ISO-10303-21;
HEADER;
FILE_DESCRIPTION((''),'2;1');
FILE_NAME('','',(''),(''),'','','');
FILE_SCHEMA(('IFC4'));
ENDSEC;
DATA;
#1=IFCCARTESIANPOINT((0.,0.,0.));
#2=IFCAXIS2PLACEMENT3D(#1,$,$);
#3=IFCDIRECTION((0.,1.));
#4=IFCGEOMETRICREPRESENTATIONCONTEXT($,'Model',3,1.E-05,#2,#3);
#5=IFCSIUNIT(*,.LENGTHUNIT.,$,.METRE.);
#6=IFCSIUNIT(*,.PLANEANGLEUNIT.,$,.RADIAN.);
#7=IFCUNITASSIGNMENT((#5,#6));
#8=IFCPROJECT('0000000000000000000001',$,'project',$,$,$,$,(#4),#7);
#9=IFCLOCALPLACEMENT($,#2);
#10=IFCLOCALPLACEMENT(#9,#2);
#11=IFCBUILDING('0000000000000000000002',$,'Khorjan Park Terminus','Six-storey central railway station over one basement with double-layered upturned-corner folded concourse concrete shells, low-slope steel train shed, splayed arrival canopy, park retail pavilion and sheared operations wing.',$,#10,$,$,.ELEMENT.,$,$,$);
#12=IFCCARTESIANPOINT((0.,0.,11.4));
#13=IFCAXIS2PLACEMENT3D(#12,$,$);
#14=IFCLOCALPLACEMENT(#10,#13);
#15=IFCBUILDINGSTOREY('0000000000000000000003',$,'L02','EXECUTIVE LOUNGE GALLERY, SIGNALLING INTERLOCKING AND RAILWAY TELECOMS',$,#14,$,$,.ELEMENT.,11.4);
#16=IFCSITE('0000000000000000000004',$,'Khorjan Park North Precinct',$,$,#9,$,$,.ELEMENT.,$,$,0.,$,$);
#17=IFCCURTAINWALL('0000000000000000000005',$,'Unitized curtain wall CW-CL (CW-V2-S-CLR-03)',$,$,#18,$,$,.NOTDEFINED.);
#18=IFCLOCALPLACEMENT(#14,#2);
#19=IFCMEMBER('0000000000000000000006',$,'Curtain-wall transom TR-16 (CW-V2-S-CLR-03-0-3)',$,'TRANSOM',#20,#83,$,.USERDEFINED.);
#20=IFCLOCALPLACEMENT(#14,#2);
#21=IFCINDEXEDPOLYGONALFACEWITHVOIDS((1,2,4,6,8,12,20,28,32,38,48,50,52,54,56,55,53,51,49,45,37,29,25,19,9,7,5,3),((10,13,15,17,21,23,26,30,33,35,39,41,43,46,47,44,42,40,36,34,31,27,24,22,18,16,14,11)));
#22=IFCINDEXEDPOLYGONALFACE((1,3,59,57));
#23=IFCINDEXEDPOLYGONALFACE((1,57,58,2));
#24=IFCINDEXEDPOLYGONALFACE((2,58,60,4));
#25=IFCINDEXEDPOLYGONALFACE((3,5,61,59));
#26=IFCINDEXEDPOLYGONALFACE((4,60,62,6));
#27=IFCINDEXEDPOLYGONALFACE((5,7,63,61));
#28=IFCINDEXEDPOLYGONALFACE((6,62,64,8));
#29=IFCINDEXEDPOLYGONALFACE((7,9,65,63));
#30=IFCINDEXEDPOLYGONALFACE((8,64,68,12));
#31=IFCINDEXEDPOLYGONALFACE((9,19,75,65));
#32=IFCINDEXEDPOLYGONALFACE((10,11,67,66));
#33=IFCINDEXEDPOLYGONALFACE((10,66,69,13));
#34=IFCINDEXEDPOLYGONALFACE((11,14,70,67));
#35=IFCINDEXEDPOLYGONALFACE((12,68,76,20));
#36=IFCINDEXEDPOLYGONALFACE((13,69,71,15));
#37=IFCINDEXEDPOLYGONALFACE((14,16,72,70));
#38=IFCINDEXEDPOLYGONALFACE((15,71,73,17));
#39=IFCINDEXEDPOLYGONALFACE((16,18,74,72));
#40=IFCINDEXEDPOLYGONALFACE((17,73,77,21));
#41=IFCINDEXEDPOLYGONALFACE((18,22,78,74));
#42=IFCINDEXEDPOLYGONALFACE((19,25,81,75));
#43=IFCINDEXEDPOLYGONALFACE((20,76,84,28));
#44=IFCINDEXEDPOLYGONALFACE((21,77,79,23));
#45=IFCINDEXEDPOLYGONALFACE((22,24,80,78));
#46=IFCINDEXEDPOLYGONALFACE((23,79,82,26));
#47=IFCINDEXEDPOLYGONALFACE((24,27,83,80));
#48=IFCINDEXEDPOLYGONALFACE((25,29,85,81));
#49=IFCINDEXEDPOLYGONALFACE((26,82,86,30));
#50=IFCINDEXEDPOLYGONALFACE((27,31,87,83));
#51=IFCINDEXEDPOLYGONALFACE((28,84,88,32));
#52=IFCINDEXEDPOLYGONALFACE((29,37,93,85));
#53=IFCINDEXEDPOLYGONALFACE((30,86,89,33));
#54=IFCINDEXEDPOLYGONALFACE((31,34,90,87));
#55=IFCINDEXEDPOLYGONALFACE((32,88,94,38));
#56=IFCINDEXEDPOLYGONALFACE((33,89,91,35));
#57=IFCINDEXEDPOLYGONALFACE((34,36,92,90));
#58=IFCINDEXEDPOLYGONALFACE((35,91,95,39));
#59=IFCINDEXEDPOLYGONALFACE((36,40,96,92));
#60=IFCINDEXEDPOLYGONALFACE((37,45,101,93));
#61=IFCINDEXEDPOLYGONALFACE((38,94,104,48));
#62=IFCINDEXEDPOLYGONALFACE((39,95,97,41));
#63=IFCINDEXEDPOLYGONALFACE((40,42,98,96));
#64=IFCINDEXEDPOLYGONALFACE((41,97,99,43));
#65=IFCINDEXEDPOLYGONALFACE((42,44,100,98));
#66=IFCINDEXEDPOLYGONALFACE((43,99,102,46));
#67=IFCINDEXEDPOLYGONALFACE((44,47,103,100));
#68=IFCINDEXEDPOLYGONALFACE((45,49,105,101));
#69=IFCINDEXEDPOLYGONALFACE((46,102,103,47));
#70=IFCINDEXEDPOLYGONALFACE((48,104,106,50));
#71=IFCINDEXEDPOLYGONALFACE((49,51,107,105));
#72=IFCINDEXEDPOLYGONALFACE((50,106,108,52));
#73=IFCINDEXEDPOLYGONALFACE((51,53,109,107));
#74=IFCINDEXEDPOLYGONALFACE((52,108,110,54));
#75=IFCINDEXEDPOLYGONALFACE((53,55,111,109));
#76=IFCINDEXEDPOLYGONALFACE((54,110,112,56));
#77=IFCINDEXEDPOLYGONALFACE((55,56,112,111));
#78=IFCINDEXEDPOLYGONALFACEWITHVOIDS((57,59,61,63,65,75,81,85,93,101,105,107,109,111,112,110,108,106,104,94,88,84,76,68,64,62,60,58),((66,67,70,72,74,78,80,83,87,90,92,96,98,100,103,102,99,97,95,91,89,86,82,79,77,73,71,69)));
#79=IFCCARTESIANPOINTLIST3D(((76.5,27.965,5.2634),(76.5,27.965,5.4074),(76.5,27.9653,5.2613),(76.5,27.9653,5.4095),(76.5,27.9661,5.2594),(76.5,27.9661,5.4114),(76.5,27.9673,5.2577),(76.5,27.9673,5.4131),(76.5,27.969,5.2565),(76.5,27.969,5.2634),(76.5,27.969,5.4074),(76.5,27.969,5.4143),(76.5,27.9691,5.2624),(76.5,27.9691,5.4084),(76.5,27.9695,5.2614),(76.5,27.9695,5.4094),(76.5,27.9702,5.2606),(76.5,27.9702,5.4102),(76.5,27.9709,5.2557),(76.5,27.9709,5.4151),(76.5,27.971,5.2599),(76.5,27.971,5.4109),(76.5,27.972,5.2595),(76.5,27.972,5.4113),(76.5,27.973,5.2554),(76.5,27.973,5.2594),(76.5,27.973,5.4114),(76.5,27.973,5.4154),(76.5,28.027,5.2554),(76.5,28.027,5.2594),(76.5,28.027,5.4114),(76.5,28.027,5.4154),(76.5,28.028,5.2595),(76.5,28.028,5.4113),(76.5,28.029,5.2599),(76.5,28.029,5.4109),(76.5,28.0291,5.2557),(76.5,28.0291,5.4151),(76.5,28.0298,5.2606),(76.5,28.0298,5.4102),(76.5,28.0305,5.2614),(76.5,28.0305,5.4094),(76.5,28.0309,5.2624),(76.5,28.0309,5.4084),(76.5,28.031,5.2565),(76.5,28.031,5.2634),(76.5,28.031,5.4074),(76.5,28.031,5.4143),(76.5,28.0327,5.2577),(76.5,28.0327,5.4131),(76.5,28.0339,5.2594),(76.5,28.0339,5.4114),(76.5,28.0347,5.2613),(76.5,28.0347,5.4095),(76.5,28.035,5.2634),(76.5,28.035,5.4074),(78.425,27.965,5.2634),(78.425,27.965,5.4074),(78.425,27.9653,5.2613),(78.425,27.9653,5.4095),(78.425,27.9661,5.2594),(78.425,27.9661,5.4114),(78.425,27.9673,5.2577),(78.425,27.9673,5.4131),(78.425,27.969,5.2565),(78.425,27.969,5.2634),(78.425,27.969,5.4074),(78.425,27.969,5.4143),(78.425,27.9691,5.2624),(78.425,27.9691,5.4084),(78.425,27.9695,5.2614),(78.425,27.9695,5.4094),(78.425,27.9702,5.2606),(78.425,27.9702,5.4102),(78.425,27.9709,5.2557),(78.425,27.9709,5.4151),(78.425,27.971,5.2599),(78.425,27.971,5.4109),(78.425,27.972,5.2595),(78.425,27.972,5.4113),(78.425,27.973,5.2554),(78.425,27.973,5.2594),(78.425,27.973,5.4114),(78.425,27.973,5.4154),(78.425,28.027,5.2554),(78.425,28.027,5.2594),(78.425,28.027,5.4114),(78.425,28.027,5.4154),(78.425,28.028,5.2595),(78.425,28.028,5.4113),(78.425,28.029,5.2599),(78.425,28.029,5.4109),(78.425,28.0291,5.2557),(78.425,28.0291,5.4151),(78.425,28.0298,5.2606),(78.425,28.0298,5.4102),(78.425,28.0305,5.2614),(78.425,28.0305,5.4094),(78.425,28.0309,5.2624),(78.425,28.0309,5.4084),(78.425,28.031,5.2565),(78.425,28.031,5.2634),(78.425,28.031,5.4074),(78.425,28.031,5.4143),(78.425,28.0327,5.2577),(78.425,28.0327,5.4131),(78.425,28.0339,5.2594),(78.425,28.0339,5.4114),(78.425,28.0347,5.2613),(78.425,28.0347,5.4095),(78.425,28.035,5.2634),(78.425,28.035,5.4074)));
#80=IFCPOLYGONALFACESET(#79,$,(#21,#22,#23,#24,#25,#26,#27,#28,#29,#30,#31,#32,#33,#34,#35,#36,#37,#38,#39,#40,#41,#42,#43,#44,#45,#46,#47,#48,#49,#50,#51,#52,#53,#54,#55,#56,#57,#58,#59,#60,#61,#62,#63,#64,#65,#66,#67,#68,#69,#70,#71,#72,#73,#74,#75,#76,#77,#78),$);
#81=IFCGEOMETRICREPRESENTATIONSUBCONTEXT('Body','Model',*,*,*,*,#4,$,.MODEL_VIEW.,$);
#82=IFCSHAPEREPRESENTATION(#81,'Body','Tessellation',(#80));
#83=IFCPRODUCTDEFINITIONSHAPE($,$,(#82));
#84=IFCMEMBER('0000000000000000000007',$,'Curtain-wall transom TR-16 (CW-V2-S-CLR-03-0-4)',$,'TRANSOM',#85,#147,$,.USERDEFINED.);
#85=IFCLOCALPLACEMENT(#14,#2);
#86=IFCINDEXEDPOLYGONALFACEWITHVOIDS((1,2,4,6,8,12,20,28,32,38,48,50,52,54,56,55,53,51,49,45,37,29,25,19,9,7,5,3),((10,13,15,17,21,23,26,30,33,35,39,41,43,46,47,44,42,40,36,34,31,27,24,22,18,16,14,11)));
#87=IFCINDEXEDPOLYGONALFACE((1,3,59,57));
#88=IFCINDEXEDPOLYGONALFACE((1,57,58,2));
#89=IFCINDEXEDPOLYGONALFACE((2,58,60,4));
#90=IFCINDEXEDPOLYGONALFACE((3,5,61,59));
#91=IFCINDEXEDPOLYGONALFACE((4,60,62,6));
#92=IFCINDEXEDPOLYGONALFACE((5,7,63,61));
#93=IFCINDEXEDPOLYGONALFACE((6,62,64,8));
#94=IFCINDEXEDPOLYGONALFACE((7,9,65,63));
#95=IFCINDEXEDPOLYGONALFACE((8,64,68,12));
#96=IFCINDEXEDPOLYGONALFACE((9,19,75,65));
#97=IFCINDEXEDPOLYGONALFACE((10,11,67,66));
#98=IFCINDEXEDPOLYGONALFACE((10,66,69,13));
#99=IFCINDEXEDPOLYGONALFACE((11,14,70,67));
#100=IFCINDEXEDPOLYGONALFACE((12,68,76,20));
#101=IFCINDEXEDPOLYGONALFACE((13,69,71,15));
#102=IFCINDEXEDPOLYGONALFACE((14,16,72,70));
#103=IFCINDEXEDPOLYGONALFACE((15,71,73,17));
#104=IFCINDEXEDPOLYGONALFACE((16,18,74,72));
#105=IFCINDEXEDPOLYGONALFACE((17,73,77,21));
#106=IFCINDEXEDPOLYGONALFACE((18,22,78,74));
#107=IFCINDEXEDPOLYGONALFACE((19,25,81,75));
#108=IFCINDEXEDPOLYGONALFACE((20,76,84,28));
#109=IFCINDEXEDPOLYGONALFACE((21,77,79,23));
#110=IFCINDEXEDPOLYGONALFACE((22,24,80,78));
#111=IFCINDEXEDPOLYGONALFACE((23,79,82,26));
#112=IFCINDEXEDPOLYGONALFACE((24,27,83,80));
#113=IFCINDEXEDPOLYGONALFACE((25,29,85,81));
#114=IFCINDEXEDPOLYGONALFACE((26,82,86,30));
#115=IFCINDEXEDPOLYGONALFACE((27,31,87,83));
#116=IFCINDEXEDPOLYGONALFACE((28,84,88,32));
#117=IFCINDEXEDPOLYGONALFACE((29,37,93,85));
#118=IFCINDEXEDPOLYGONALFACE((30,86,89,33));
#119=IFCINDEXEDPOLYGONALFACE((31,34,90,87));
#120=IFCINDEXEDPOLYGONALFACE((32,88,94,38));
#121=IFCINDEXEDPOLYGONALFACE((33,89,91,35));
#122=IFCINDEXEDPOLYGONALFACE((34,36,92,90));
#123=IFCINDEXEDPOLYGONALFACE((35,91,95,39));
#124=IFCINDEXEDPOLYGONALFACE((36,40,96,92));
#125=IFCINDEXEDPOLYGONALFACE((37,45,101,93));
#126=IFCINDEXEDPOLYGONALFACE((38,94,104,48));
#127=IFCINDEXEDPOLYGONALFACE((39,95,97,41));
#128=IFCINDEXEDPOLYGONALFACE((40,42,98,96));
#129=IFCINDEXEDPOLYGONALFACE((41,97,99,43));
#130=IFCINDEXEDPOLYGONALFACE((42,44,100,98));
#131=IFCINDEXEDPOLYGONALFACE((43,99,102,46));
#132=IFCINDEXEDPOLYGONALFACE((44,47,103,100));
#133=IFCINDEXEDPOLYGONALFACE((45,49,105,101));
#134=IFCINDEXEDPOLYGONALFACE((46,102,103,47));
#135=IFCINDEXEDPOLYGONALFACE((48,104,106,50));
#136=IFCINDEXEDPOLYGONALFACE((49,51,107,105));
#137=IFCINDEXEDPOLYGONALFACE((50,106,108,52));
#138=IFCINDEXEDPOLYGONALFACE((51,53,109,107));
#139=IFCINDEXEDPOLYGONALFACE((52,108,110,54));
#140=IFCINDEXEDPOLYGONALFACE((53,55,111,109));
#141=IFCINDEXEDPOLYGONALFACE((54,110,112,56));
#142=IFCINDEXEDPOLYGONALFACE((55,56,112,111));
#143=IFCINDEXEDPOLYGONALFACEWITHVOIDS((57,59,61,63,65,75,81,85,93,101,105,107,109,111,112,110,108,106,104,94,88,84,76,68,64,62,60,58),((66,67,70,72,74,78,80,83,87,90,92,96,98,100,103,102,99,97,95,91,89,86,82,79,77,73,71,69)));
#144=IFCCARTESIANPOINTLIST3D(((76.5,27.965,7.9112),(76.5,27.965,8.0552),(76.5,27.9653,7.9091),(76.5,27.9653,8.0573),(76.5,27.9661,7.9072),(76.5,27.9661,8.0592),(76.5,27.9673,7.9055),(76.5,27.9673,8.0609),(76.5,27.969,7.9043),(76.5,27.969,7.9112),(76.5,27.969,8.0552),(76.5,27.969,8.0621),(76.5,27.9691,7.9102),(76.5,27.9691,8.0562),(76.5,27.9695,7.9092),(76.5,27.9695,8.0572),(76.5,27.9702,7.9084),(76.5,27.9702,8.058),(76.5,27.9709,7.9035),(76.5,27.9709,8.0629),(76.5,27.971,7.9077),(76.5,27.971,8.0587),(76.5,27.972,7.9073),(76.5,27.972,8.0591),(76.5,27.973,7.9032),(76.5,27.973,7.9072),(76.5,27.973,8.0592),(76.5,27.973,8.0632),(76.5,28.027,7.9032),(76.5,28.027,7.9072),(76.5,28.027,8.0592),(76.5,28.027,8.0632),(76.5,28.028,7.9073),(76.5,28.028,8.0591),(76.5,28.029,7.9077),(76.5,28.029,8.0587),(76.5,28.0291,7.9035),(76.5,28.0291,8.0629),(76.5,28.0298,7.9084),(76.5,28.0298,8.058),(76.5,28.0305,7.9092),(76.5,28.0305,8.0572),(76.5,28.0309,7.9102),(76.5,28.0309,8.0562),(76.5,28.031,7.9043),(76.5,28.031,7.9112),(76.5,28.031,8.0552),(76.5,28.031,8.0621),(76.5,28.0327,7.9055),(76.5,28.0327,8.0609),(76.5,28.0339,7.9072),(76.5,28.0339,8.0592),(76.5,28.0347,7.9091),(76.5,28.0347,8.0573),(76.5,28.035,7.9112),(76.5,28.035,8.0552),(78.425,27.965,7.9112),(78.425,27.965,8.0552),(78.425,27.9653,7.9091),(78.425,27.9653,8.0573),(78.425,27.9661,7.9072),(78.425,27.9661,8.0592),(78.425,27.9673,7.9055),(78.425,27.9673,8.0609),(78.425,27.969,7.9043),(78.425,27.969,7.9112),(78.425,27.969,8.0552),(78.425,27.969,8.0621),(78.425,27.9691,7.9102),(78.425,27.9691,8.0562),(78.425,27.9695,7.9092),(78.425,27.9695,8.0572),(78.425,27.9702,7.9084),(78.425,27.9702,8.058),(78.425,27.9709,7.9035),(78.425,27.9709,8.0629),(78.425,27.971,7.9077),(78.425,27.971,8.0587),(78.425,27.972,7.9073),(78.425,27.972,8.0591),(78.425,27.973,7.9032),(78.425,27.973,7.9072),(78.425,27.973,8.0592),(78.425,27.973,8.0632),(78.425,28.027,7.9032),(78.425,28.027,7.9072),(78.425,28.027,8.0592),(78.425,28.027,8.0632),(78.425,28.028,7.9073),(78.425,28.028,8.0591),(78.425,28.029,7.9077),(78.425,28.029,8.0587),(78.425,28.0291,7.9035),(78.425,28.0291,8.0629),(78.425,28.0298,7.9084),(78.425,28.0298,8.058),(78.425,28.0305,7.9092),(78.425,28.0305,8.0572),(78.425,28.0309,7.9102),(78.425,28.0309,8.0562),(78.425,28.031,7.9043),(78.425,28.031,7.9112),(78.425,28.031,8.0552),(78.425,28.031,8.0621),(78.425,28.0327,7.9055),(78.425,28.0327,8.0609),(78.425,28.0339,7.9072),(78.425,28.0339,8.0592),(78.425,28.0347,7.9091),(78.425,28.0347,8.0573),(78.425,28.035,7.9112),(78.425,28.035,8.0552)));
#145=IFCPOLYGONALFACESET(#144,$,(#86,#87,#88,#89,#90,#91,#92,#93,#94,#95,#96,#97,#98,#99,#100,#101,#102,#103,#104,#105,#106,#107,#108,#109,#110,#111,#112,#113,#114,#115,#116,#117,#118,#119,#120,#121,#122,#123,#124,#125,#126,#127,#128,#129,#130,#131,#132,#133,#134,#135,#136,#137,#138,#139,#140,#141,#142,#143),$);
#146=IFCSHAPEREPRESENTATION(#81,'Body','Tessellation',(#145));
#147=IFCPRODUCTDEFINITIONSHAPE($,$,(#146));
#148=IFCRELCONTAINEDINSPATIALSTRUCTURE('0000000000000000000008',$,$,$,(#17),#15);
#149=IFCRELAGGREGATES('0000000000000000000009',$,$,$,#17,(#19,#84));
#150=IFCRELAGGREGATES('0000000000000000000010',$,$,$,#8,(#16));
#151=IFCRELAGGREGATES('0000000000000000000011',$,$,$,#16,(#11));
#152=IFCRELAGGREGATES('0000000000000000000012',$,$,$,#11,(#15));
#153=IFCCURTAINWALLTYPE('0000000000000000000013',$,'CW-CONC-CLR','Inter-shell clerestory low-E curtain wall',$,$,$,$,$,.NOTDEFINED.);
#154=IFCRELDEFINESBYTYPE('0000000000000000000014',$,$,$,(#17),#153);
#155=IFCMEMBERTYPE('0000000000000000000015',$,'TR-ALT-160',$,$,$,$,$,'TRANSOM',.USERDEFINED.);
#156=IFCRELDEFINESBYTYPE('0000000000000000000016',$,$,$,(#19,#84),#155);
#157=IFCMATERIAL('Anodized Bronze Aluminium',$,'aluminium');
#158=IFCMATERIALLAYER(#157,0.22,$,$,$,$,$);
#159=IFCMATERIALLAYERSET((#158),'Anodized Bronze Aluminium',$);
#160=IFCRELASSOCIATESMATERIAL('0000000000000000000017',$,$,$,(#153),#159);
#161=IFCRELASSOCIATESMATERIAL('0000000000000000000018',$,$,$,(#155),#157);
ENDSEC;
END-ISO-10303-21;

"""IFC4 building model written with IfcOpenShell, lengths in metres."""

from ifc_helpers import new_model, si_unit, direction, frame, origin, origin_2d, place, context, subcontext, project, spatial, hollow_rectangle, extrude, material, layer, layer_set, material_profile, profile_set, type_object, element, aggregate, save


model = new_model("IFC4")

# Units and contexts
model_context = context("Model", 3, precision=1e-05, world=origin(), true_north=direction((0.0, 1.0)))
body_context = subcontext(model_context, "Body", "Model", "MODEL_VIEW")
ifc_project = project(units=[si_unit("LENGTHUNIT", "METRE"), si_unit("PLANEANGLEUNIT", "RADIAN")], contexts=[model_context])

# Site, building, storey
site_placement = place(None, origin())
site = spatial("IfcSite", under=ifc_project, at=site_placement, Name="Khorjan Park North Precinct", CompositionType="ELEMENT", RefElevation=0.0)
building_placement = place(site_placement, origin())
building = spatial("IfcBuilding", under=site, at=building_placement, Name="Khorjan Park Terminus", Description="Six-storey central railway station over one basement with double-layered upturned-corner folded concourse concrete shells, low-slope steel train shed, splayed arrival canopy, park retail pavilion and sheared operations wing.", CompositionType="ELEMENT")
storey_placement = place(building_placement, frame((0.0, 0.0, 11.4)))
storey = spatial("IfcBuildingStorey", under=building, at=storey_placement, Name="L02", Description="EXECUTIVE LOUNGE GALLERY, SIGNALLING INTERLOCKING AND RAILWAY TELECOMS", CompositionType="ELEMENT", Elevation=11.4)

# Curtain wall
ifc_material_1 = material(Name="Anodized Bronze Aluminium", Category="aluminium")
ifc_layer_1 = layer(ifc_material_1, 0.22)
ifc_layer_set_1 = layer_set([ifc_layer_1], Name="Anodized Bronze Aluminium")
curtain_wall_type = type_object("IfcCurtainWallType", Name="CW-CONC-CLR", Description="Inter-shell clerestory low-E curtain wall", PredefinedType="NOTDEFINED", material=ifc_layer_set_1)
curtain_wall_1_placement = place(storey_placement, origin())
curtain_wall_1 = element("IfcCurtainWall", 1, at=curtain_wall_1_placement, inside=storey, type_object=curtain_wall_type, Name="Unitized curtain wall CW-CL (CW-V2-S-CLR-03)", PredefinedType="NOTDEFINED")

# Members
ifc_material_profile_1 = material_profile(ifc_material_1, hollow_rectangle(XDim=0.07, YDim=0.16, WallThickness=0.004, InnerFilletRadius=0.004, OuterFilletRadius=0.008, at=origin_2d()), Name="ALT 70x160x4")
ifc_profile_set_1 = profile_set([ifc_material_profile_1], Name="Anodized Bronze Aluminium")
member_type_1 = type_object("IfcMemberType", Name="TR-ALT-160", ElementType="TRANSOM", PredefinedType="USERDEFINED", material=ifc_profile_set_1)
member_1_placement = place(storey_placement, frame((76.5, 28.0, 5.3354), z_axis=(1.0, 0.0, 0.0), x_axis=(0.0, 1.0, 0.0)))
member_1 = element("IfcMember", 2, at=member_1_placement, type_object=member_type_1, Name="Curtain-wall transom TR-16 (CW-V2-S-CLR-03-0-3)", ObjectType="TRANSOM", PredefinedType="USERDEFINED", context=body_context, shape_type="SweptSolid", body=[
    extrude(hollow_rectangle(XDim=0.07, YDim=0.16, WallThickness=0.004, InnerFilletRadius=0.004, OuterFilletRadius=0.008, at=origin_2d()), origin(), (0.0, 0.0, 1.0), 1.925),
])
member_2_placement = place(storey_placement, frame((76.5, 28.0, 7.9832), z_axis=(1.0, 0.0, 0.0), x_axis=(0.0, 1.0, 0.0)))
member_2 = element("IfcMember", 3, at=member_2_placement, type_object=member_type_1, Name="Curtain-wall transom TR-16 (CW-V2-S-CLR-03-0-4)", ObjectType="TRANSOM", PredefinedType="USERDEFINED", context=body_context, shape_type="SweptSolid", body=[
    extrude(hollow_rectangle(XDim=0.07, YDim=0.16, WallThickness=0.004, InnerFilletRadius=0.004, OuterFilletRadius=0.008, at=origin_2d()), origin(), (0.0, 0.0, 1.0), 1.925),
])

aggregate(curtain_wall_1, [member_1, member_2])

save(model, "model.ifc")
